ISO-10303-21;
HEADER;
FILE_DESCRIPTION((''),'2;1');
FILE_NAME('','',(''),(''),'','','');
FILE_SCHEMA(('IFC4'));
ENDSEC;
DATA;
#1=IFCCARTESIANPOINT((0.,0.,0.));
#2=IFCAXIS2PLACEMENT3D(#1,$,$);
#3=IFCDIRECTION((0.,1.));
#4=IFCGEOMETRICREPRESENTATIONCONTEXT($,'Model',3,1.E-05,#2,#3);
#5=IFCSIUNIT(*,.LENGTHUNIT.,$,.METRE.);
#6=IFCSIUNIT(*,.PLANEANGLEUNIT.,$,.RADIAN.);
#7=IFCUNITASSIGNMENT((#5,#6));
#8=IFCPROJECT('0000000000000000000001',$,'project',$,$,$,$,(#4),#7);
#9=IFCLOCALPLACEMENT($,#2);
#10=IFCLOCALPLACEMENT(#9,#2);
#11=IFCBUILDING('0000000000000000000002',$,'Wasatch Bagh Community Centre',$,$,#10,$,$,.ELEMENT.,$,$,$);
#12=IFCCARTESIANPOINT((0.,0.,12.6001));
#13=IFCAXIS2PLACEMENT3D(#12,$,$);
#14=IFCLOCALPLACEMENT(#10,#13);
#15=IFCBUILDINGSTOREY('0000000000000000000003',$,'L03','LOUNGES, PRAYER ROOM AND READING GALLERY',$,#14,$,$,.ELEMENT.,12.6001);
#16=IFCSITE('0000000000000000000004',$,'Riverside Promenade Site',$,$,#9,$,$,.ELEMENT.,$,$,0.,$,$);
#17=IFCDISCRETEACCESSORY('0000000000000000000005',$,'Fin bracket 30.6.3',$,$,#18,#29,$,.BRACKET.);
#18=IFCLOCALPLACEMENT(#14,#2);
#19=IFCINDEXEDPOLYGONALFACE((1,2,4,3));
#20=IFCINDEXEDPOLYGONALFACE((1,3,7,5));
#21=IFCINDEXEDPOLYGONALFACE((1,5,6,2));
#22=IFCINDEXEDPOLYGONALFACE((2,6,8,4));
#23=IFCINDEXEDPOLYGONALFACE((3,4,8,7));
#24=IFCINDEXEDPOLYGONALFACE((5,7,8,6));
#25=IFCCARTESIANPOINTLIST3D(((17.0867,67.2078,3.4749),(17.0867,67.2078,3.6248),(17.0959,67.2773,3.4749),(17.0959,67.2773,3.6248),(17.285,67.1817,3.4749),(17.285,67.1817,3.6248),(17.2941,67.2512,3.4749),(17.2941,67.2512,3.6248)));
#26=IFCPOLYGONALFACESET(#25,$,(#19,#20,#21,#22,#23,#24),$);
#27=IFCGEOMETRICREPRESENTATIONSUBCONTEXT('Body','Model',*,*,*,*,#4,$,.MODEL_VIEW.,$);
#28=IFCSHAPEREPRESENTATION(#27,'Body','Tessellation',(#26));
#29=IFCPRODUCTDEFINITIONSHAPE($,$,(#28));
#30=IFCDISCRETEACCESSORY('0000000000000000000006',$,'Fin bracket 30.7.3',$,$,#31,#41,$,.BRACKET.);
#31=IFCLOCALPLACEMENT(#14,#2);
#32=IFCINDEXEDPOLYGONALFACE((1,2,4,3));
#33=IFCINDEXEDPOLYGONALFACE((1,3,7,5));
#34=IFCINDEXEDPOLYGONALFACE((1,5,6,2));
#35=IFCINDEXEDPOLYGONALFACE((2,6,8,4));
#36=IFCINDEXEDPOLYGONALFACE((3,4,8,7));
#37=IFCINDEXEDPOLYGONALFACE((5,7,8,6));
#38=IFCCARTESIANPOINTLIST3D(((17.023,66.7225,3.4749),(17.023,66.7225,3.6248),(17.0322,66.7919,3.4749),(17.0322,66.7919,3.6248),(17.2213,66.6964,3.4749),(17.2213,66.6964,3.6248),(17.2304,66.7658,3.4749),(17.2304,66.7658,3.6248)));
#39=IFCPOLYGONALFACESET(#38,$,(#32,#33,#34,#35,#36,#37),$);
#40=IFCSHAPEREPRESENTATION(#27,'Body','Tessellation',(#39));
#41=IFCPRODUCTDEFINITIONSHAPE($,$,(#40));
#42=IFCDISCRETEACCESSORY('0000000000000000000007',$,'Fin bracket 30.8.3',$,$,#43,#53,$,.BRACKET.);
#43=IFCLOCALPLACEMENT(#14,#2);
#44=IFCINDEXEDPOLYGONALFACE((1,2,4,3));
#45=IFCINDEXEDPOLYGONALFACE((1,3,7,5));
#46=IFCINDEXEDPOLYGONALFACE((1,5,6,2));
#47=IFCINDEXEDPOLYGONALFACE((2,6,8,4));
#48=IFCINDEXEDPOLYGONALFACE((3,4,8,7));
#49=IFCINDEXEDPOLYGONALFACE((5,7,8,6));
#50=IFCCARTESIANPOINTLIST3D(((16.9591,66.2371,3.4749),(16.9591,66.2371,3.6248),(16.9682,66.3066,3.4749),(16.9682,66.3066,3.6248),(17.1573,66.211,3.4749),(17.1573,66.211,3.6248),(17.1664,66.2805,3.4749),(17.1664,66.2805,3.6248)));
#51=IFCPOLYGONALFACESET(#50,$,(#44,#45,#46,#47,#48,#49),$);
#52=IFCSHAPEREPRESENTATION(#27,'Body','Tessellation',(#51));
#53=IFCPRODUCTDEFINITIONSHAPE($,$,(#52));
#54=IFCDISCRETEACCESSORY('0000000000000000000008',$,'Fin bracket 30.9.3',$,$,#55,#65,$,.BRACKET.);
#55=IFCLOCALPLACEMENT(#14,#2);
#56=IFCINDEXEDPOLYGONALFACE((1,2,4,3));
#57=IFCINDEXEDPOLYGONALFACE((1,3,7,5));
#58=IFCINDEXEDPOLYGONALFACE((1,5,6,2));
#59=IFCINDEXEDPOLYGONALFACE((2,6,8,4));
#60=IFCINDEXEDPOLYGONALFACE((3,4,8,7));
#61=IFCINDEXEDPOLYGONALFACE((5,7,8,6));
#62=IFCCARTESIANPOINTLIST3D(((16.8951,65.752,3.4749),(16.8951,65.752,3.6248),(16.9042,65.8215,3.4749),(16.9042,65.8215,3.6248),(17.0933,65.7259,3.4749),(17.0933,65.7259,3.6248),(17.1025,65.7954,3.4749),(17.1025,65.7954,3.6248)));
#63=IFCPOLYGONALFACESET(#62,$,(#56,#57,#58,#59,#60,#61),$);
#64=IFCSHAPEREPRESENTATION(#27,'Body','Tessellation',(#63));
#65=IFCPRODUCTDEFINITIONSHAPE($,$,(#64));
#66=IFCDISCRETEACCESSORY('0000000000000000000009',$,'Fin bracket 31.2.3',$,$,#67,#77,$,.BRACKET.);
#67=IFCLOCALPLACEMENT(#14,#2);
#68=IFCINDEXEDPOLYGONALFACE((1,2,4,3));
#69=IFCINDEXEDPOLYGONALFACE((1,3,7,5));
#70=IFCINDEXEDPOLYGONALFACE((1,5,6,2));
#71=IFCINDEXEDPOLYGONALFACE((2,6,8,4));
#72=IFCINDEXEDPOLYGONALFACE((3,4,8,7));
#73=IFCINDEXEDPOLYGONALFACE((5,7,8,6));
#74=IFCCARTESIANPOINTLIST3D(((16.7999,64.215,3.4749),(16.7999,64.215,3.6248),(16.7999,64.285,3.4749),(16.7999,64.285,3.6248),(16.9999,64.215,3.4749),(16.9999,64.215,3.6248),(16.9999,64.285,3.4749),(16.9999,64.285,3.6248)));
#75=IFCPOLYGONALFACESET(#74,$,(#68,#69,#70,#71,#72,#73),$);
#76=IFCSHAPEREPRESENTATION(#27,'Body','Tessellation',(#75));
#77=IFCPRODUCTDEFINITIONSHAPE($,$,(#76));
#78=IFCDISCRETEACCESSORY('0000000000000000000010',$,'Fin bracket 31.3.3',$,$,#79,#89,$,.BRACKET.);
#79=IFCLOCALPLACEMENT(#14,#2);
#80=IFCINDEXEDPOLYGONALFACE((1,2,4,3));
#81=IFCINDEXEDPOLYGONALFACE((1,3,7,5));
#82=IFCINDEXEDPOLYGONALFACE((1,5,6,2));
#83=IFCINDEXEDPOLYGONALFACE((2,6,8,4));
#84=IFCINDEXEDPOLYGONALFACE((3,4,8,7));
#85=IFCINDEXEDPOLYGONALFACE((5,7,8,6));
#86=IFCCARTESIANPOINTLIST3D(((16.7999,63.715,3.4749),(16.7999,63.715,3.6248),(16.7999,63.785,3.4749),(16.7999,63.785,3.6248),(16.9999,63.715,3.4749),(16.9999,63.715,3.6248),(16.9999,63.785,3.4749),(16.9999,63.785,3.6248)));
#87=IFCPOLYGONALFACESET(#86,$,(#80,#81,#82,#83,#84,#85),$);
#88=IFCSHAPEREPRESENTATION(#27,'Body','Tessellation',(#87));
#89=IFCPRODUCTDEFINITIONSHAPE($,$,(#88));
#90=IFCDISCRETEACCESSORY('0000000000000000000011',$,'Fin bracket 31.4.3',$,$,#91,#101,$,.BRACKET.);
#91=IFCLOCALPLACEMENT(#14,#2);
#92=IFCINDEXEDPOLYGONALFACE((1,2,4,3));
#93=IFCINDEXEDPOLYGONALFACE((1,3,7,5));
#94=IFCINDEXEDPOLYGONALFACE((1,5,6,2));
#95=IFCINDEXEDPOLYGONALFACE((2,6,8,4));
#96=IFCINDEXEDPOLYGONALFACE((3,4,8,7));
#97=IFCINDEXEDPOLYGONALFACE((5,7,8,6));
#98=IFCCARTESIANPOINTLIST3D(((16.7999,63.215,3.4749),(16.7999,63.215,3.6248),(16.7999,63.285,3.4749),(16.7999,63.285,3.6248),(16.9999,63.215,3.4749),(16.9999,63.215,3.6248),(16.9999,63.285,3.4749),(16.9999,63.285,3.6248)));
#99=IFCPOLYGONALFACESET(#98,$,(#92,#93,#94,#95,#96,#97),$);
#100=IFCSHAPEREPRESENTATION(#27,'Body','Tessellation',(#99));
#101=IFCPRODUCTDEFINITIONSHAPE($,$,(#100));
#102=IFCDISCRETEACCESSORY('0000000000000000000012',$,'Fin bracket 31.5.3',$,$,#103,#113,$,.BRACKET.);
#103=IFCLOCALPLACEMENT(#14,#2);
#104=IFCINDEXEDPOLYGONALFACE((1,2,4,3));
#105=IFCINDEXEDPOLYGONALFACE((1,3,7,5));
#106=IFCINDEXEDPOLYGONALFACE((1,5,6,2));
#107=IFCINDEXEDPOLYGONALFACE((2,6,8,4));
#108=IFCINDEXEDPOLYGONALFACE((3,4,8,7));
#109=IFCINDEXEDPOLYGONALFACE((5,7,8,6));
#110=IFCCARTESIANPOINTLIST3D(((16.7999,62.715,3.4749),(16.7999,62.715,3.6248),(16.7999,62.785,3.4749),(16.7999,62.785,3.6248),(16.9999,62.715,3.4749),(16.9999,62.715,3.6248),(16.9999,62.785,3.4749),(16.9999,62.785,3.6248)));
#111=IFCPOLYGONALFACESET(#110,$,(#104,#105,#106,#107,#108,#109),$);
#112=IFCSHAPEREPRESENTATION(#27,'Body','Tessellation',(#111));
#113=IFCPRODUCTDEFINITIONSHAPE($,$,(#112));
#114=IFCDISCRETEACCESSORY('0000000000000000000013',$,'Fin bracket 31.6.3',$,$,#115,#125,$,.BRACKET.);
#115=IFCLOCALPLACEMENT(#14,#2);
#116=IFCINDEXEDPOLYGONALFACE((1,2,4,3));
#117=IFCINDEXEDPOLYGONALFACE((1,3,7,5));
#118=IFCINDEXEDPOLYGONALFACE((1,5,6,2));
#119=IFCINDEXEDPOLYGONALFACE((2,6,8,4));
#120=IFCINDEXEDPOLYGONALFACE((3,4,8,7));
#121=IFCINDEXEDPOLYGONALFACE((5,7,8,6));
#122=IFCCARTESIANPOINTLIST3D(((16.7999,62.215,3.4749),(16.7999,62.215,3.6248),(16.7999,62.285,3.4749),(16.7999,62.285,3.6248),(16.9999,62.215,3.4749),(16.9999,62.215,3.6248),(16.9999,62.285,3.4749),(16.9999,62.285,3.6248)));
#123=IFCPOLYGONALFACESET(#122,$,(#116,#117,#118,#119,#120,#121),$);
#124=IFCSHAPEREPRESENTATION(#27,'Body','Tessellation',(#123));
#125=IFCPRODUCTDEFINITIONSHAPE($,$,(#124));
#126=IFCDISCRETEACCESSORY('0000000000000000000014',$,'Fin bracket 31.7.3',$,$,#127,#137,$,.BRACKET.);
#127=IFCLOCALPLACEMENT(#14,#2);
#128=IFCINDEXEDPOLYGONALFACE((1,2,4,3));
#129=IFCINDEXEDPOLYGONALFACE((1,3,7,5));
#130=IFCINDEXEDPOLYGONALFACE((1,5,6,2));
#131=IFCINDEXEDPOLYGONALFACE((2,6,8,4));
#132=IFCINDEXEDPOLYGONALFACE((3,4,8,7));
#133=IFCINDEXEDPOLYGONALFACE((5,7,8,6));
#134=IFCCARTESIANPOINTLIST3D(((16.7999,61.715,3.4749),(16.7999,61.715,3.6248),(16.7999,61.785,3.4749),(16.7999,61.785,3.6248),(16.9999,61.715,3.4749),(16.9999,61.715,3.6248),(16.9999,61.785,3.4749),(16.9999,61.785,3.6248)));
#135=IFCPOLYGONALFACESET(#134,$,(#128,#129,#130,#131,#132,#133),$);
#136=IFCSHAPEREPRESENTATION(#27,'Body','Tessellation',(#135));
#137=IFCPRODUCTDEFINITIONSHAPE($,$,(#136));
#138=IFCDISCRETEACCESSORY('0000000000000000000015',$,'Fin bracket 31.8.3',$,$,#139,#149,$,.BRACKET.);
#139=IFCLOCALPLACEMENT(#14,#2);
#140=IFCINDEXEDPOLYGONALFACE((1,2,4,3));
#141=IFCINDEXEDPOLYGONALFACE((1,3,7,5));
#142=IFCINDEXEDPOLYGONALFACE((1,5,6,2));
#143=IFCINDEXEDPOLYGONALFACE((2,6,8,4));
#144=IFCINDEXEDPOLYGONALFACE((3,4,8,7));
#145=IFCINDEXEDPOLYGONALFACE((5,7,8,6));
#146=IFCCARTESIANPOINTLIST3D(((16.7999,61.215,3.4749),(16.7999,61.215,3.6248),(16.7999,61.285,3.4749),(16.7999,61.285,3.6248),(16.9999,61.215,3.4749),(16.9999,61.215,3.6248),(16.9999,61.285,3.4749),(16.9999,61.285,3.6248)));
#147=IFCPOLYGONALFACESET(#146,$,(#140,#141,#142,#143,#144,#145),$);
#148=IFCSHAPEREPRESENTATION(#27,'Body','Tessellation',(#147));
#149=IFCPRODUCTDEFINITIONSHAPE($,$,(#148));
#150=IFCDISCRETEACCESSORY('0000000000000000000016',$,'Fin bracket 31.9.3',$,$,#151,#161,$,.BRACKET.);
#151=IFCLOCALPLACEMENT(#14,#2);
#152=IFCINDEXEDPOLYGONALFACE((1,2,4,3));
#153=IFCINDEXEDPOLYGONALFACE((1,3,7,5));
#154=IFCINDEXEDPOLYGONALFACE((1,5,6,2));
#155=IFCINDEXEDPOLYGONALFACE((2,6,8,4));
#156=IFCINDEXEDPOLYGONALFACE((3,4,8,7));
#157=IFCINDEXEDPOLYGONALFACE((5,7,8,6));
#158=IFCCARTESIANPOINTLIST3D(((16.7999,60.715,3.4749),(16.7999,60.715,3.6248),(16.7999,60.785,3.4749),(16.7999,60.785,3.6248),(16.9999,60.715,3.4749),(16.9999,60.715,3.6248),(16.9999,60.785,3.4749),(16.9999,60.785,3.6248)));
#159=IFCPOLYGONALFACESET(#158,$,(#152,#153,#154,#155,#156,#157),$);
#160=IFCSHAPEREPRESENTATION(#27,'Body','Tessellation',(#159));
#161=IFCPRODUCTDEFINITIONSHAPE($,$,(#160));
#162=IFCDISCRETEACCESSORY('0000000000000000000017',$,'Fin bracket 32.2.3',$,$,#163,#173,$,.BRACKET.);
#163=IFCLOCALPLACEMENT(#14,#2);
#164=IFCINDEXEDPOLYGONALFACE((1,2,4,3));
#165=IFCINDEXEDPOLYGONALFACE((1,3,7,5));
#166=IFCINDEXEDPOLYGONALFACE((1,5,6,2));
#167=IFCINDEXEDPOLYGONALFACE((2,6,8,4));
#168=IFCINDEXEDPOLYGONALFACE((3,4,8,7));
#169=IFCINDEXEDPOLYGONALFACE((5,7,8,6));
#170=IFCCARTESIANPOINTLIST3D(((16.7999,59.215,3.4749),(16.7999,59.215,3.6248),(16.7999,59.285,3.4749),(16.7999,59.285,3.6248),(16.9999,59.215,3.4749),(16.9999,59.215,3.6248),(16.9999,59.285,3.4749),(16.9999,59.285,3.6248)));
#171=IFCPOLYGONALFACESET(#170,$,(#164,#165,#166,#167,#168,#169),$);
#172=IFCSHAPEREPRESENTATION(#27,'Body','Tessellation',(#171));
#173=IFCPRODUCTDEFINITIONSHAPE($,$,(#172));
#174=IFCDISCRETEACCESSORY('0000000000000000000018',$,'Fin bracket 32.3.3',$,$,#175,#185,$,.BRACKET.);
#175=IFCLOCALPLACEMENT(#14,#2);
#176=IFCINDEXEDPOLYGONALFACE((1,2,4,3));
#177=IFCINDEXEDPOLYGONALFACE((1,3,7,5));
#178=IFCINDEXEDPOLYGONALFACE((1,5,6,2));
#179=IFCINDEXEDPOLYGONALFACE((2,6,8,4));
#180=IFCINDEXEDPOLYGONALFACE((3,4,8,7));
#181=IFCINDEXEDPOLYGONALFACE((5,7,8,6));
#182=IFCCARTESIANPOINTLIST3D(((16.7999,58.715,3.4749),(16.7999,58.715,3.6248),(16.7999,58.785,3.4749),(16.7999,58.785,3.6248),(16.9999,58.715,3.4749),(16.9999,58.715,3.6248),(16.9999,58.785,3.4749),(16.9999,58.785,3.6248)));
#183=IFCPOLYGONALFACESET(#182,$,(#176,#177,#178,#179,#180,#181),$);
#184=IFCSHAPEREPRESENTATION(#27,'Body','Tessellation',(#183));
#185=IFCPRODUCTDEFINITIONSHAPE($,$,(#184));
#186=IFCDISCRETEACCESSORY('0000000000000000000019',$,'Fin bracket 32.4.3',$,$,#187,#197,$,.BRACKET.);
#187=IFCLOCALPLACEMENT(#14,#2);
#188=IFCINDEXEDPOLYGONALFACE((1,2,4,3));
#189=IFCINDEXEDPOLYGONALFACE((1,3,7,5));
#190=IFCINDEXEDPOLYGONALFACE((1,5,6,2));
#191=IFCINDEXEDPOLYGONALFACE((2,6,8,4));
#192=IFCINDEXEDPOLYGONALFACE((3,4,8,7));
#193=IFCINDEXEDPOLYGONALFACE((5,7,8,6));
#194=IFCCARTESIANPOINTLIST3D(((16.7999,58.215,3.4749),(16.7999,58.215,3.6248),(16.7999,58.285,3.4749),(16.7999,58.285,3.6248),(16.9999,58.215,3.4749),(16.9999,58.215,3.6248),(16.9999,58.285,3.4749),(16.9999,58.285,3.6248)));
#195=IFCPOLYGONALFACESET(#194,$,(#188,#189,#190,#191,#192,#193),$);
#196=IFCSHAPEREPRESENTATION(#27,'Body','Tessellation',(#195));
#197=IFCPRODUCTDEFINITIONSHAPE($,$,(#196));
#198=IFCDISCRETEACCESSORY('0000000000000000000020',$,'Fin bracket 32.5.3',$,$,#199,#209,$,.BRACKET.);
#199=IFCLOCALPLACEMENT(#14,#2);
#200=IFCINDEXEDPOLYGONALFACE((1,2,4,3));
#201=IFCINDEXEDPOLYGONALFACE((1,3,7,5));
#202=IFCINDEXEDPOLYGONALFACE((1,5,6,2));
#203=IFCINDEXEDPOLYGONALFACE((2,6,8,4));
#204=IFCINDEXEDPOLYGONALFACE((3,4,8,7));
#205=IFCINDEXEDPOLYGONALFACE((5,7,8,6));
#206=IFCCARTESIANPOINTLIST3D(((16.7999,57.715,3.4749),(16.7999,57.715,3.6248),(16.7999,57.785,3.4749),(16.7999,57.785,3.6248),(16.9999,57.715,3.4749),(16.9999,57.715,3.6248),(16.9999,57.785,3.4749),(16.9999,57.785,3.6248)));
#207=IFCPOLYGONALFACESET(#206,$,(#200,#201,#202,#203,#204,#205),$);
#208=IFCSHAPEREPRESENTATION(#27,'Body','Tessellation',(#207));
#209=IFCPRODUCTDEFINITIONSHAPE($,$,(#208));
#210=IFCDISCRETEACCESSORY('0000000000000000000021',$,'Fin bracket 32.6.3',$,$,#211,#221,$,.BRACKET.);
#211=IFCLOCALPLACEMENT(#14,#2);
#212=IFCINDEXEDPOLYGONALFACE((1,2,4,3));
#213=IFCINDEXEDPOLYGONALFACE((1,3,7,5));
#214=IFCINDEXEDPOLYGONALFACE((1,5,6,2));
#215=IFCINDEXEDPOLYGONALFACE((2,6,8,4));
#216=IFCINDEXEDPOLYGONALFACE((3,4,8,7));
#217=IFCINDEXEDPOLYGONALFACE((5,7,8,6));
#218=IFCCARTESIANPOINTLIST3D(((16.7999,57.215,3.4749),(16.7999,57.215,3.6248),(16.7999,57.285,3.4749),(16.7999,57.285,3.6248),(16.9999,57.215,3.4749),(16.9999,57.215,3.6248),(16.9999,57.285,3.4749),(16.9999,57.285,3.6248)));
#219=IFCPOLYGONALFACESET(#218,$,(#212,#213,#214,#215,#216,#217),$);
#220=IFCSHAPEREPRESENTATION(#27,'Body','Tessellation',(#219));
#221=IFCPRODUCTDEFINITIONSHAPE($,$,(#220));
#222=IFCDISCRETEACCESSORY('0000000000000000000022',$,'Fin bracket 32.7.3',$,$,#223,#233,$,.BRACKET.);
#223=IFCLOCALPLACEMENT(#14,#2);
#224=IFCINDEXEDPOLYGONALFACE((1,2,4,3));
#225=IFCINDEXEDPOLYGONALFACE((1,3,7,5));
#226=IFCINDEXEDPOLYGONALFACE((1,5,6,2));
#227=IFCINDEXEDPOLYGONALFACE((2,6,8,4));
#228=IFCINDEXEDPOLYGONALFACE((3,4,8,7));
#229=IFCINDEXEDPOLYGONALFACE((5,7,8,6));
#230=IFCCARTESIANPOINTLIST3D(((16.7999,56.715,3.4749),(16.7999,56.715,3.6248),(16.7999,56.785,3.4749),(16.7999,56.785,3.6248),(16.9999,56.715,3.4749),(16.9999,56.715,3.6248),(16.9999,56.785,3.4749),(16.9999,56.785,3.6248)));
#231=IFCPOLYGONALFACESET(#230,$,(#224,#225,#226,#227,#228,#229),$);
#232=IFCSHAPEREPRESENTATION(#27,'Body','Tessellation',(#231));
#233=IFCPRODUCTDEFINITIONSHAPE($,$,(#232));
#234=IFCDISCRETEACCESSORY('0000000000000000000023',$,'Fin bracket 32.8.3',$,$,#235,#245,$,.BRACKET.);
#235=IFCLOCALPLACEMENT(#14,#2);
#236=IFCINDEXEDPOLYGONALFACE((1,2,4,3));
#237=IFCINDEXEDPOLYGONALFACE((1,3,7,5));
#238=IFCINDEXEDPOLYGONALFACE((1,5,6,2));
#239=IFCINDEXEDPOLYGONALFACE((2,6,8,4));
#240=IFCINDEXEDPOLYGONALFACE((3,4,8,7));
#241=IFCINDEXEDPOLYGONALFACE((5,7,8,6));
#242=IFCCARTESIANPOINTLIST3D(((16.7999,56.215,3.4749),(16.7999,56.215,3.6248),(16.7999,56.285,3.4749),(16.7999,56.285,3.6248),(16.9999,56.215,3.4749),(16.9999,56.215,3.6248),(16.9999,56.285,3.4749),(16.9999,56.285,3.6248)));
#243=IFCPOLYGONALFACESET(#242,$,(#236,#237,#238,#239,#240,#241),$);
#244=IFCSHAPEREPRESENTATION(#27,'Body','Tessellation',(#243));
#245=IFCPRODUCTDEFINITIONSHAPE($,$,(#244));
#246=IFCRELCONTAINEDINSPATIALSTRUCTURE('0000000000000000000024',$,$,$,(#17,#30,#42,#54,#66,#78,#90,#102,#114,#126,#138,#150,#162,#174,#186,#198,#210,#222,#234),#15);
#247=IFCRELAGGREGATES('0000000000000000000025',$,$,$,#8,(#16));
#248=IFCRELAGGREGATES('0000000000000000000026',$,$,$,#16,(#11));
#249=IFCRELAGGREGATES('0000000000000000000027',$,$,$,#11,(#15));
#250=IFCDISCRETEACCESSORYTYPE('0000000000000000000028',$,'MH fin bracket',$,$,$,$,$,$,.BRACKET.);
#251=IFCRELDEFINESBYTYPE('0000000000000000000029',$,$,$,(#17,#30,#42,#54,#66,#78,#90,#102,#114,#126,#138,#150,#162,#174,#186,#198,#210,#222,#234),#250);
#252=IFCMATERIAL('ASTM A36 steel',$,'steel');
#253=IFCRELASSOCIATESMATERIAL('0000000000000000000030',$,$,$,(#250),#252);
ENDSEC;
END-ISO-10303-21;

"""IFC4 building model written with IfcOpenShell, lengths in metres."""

from ifc_helpers import new_model, si_unit, direction, frame, origin, origin_2d, place, context, subcontext, project, spatial, rectangle, extrude, material, type_object, element, save


model = new_model("IFC4")

# Units and contexts
model_context = context("Model", 3, precision=1e-05, world=origin(), true_north=direction((0.0, 1.0)))
body_context = subcontext(model_context, "Body", "Model", "MODEL_VIEW")
ifc_project = project(units=[si_unit("LENGTHUNIT", "METRE"), si_unit("PLANEANGLEUNIT", "RADIAN")], contexts=[model_context])

# Site, building, storey
site_placement = place(None, origin())
site = spatial("IfcSite", under=ifc_project, at=site_placement, Name="Riverside Promenade Site", CompositionType="ELEMENT", RefElevation=0.0)
building_placement = place(site_placement, origin())
building = spatial("IfcBuilding", under=site, at=building_placement, Name="Wasatch Bagh Community Centre", CompositionType="ELEMENT")
storey_placement = place(building_placement, frame((0.0, 0.0, 12.6001)))
storey = spatial("IfcBuildingStorey", under=building, at=storey_placement, Name="L03", Description="LOUNGES, PRAYER ROOM AND READING GALLERY", CompositionType="ELEMENT", Elevation=12.6001)

# Discrete accessories
ifc_material_1 = material(Name="ASTM A36 steel", Category="steel")
discrete_accessory_type = type_object("IfcDiscreteAccessoryType", Name="MH fin bracket", PredefinedType="BRACKET", material=ifc_material_1)
for number, where, z_axis, x_axis, name in (
    (1, (17.1904, 67.2295, 3.4749), (0.0, 0.0, 1.0), (-0.130526, -0.991445, 0.0), "Fin bracket 30.6.3"),
    (2, (17.1267, 66.7441, 3.4749), (0.0, 0.0, 1.0), (-0.130526, -0.991445, 0.0), "Fin bracket 30.7.3"),
    (3, (17.0627, 66.2588, 3.4749), (0.0, 0.0, 1.0), (-0.130526, -0.991445, 0.0), "Fin bracket 30.8.3"),
    (4, (16.9988, 65.7737, 3.4749), (0.0, 0.0, 1.0), (-0.130526, -0.991445, 0.0), "Fin bracket 30.9.3"),
    (5, (16.8999, 64.25, 3.4749), (0.0, 0.0, 1.0), (0.0, -1.0, 0.0), "Fin bracket 31.2.3"),
    (6, (16.8999, 63.75, 3.4749), (0.0, 0.0, 1.0), (0.0, -1.0, 0.0), "Fin bracket 31.3.3"),
    (7, (16.8999, 63.25, 3.4749), (0.0, 0.0, 1.0), (0.0, -1.0, 0.0), "Fin bracket 31.4.3"),
    (8, (16.8999, 62.75, 3.4749), (0.0, 0.0, 1.0), (0.0, -1.0, 0.0), "Fin bracket 31.5.3"),
    (9, (16.8999, 62.25, 3.4749), (0.0, 0.0, 1.0), (0.0, -1.0, 0.0), "Fin bracket 31.6.3"),
    (10, (16.8999, 61.75, 3.4749), (0.0, 0.0, 1.0), (0.0, -1.0, 0.0), "Fin bracket 31.7.3"),
    (11, (16.8999, 61.25, 3.4749), (0.0, 0.0, 1.0), (0.0, -1.0, 0.0), "Fin bracket 31.8.3"),
    (12, (16.8999, 60.75, 3.4749), (0.0, 0.0, 1.0), (0.0, -1.0, 0.0), "Fin bracket 31.9.3"),
    (13, (16.8999, 59.25, 3.4749), (0.0, 0.0, 1.0), (0.0, -1.0, 0.0), "Fin bracket 32.2.3"),
    (14, (16.8999, 58.75, 3.4749), (0.0, 0.0, 1.0), (0.0, -1.0, 0.0), "Fin bracket 32.3.3"),
    (15, (16.8999, 58.25, 3.4749), (0.0, 0.0, 1.0), (0.0, -1.0, 0.0), "Fin bracket 32.4.3"),
    (16, (16.8999, 57.75, 3.4749), (0.0, 0.0, 1.0), (0.0, -1.0, 0.0), "Fin bracket 32.5.3"),
    (17, (16.8999, 57.25, 3.4749), (0.0, 0.0, 1.0), (0.0, -1.0, 0.0), "Fin bracket 32.6.3"),
    (18, (16.8999, 56.75, 3.4749), (0.0, 0.0, 1.0), (0.0, -1.0, 0.0), "Fin bracket 32.7.3"),
    (19, (16.8999, 56.25, 3.4749), (0.0, 0.0, 1.0), (0.0, -1.0, 0.0), "Fin bracket 32.8.3"),
):
    element("IfcDiscreteAccessory", number, at=place(storey_placement, frame(where, z_axis=z_axis, x_axis=x_axis)), inside=storey, type_object=discrete_accessory_type, Name=name, PredefinedType="BRACKET", context=body_context, shape_type="SweptSolid", body=[
        extrude(rectangle(XDim=0.0701, YDim=0.2, at=origin_2d()), origin(), (0.0, 0.0, 1.0), 0.1499),
    ])

save(model, "model.ifc")
